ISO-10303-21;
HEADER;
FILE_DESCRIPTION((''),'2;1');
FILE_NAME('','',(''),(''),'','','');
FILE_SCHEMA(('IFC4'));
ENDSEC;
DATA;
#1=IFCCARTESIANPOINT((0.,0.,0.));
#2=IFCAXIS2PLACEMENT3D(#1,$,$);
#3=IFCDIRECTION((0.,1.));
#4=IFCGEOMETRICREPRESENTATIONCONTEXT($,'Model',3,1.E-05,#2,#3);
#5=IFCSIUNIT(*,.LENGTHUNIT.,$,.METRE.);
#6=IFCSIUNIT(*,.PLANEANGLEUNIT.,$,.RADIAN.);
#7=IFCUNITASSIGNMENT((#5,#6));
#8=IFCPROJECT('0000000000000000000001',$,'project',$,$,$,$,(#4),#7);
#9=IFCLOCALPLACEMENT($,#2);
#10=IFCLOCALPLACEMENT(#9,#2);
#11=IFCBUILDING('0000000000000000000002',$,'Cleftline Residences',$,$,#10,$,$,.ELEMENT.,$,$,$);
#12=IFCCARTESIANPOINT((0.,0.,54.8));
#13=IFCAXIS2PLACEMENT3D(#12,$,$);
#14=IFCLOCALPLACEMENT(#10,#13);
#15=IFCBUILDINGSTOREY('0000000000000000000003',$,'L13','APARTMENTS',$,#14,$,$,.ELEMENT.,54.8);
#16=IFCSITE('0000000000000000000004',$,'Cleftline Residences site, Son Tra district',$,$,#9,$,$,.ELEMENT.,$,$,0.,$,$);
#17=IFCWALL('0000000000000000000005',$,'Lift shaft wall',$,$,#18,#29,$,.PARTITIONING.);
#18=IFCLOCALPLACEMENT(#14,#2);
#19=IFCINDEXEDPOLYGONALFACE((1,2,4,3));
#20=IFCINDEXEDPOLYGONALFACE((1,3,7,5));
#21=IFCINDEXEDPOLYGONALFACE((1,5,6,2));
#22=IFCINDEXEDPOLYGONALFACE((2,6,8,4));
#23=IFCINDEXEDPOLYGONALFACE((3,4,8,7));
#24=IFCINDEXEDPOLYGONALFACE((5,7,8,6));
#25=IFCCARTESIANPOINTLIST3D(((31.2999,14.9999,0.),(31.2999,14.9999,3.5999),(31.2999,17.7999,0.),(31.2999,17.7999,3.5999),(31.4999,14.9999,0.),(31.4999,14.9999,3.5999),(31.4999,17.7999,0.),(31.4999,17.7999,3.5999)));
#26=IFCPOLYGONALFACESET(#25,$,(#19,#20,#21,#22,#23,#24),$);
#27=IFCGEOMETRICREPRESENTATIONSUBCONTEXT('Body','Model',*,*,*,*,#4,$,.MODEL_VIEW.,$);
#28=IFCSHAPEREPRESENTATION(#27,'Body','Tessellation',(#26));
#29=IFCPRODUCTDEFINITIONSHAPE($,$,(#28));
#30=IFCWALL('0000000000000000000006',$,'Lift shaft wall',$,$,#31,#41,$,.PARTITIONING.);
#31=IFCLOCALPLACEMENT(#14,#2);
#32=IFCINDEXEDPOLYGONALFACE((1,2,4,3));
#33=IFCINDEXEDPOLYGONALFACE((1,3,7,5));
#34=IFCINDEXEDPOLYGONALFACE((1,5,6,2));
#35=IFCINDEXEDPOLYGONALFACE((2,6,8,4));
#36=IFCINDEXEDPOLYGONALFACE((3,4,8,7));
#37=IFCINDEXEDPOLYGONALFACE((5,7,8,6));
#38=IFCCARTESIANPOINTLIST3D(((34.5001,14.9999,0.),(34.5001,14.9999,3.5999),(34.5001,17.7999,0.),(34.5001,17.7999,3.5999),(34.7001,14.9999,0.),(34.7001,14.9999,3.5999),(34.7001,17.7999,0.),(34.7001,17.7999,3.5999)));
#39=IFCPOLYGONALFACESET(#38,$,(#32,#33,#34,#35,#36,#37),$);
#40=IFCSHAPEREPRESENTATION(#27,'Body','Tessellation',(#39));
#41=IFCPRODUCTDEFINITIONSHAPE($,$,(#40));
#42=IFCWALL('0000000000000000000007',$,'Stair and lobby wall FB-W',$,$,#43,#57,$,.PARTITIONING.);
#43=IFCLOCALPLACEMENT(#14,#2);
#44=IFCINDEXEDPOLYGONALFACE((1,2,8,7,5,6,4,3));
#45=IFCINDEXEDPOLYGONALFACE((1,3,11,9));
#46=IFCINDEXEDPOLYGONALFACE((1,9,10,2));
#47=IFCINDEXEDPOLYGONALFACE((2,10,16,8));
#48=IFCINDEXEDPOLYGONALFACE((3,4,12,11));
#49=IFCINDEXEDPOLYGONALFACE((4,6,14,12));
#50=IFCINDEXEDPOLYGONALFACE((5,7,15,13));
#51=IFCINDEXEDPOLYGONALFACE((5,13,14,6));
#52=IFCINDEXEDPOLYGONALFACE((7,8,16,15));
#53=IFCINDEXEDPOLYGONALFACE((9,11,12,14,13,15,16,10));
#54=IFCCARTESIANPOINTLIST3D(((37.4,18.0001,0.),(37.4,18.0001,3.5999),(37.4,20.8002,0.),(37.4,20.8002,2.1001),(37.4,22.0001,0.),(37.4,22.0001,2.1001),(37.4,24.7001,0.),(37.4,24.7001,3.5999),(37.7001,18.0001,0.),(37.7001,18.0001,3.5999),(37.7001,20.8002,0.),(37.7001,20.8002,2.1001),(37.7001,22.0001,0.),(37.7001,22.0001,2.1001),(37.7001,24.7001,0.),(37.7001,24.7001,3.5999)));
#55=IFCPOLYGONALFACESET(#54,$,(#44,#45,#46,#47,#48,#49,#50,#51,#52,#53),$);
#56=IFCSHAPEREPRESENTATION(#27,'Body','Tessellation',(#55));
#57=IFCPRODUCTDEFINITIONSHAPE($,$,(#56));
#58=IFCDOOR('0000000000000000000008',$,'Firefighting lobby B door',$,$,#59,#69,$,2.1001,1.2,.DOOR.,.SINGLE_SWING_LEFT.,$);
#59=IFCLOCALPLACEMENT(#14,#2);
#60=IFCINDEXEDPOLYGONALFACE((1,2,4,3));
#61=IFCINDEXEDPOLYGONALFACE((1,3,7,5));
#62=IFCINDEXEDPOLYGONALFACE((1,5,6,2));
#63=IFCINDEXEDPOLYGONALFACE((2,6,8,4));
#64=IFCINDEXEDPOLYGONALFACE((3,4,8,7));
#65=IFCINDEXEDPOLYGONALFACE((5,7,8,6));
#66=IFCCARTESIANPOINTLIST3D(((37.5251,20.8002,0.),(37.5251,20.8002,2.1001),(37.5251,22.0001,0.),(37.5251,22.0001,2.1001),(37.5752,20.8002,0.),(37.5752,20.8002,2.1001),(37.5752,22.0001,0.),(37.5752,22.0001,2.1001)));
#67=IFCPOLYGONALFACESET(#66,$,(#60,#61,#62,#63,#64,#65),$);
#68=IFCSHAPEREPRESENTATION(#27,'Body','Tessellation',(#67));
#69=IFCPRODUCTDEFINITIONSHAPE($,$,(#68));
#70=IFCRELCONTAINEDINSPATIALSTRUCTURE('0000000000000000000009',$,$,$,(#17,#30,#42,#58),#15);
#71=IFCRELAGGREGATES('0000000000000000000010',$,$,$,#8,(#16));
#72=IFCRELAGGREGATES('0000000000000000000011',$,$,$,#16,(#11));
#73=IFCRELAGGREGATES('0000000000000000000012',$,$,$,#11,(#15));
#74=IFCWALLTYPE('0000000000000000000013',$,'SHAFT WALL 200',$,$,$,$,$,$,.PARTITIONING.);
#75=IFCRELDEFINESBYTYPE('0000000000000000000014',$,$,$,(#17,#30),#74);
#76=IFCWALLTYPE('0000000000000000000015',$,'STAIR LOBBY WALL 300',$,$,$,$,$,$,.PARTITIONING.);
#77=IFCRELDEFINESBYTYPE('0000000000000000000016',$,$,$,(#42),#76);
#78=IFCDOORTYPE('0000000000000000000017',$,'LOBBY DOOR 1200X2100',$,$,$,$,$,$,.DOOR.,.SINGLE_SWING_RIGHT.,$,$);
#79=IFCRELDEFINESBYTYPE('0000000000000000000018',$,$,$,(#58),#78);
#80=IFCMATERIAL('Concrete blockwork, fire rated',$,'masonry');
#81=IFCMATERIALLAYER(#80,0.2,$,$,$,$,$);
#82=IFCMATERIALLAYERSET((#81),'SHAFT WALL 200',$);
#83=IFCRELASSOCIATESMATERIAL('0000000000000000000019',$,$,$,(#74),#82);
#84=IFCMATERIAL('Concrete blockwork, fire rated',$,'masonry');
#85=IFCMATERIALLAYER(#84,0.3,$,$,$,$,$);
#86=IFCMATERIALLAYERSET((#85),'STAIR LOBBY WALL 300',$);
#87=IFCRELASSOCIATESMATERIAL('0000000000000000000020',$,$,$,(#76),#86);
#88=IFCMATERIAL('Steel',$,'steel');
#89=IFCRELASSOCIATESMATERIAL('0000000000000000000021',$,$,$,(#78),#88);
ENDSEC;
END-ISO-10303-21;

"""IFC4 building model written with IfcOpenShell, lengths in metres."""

from ifc_helpers import new_model, si_unit, direction, frame, frame_2d, origin, place, context, subcontext, project, spatial, rectangle, extrude, material, layer, layer_set, type_object, element, fill, save


model = new_model("IFC4")

# Units and contexts
model_context = context("Model", 3, precision=1e-05, world=origin(), true_north=direction((0.0, 1.0)))
body_context = subcontext(model_context, "Body", "Model", "MODEL_VIEW")
ifc_project = project(units=[si_unit("LENGTHUNIT", "METRE"), si_unit("PLANEANGLEUNIT", "RADIAN")], contexts=[model_context])

# Site, building, storey
site_placement = place(None, origin())
site = spatial("IfcSite", under=ifc_project, at=site_placement, Name="Cleftline Residences site, Son Tra district", CompositionType="ELEMENT", RefElevation=0.0)
building_placement = place(site_placement, origin())
building = spatial("IfcBuilding", under=site, at=building_placement, Name="Cleftline Residences", CompositionType="ELEMENT")
storey_placement = place(building_placement, frame((0.0, 0.0, 54.8)))
storey = spatial("IfcBuildingStorey", under=building, at=storey_placement, Name="L13", Description="APARTMENTS", CompositionType="ELEMENT", Elevation=54.8)

# Walls
ifc_material_1 = material(Name="Concrete blockwork, fire rated", Category="masonry")
ifc_layer_1 = layer(ifc_material_1, 0.2)
ifc_layer_set_1 = layer_set([ifc_layer_1], Name="SHAFT WALL 200")
wall_type_1 = type_object("IfcWallType", Name="SHAFT WALL 200", PredefinedType="PARTITIONING", material=ifc_layer_set_1)
for number, where, z_axis, x_axis, name in (
    (1, (31.3999, 15.0, 0.0), (0.0, 0.0, 1.0), (0.0, 1.0, 0.0), "Lift shaft wall"),
    (2, (34.6001, 15.0, 0.0), (0.0, 0.0, 1.0), (0.0, 1.0, 0.0), "Lift shaft wall"),
):
    element("IfcWall", number, at=place(storey_placement, frame(where, z_axis=z_axis, x_axis=x_axis)), inside=storey, type_object=wall_type_1, Name=name, PredefinedType="PARTITIONING", context=body_context, shape_type="SweptSolid", body=[
        extrude(rectangle(XDim=2.8, YDim=0.2, at=frame_2d((1.3999, 0.0))), origin(), (0.0, 0.0, 1.0), 3.5999),
    ])

# Wall, opening, door
ifc_material_2 = material(Name="Concrete blockwork, fire rated", Category="masonry")
ifc_layer_2 = layer(ifc_material_2, 0.3)
ifc_layer_set_2 = layer_set([ifc_layer_2], Name="STAIR LOBBY WALL 300")
wall_type_2 = type_object("IfcWallType", Name="STAIR LOBBY WALL 300", PredefinedType="PARTITIONING", material=ifc_layer_set_2)
wall_1_placement = place(storey_placement, frame((37.55, 18.0, 0.0), z_axis=(0.0, 0.0, 1.0), x_axis=(0.0, 1.0, 0.0)))
wall_1 = element("IfcWall", 3, at=wall_1_placement, inside=storey, type_object=wall_type_2, Name="Stair and lobby wall FB-W", PredefinedType="PARTITIONING", context=body_context, shape_type="SweptSolid", body=[
    extrude(rectangle(XDim=6.7, YDim=0.3, at=frame_2d((3.3501, 0.0))), origin(), (0.0, 0.0, 1.0), 3.5999),
])
opening_1_placement = place(wall_1_placement, frame((2.8, 0.0, 0.0)))
opening_1 = element("IfcOpeningElement", 4, at=opening_1_placement, cuts=wall_1, PredefinedType="OPENING", context=body_context, shape_type="SweptSolid", body=[
    extrude(rectangle(XDim=1.2, YDim=2.1001, at=frame_2d((0.6001, 1.05))), frame((0.0, 0.1599, 0.0), z_axis=(0.0, -1.0, 0.0), x_axis=(1.0, 0.0, 0.0)), (0.0, 0.0, 1.0), 0.3201),
])
ifc_material_3 = material(Name="Steel", Category="steel")
door_type_1 = type_object("IfcDoorType", Name="LOBBY DOOR 1200X2100", OperationType="SINGLE_SWING_RIGHT", PredefinedType="DOOR", material=ifc_material_3)
door_1_placement = place(opening_1_placement, origin())
door_1 = element("IfcDoor", 5, at=door_1_placement, inside=storey, type_object=door_type_1, Name="Firefighting lobby B door", OperationType="SINGLE_SWING_LEFT", OverallHeight=2.1001, OverallWidth=1.2, PredefinedType="DOOR", context=body_context, shape_type="SweptSolid", body=[
    extrude(rectangle(XDim=1.2, YDim=2.1001, at=frame_2d((0.6001, 1.05))), frame((0.0, 0.0249, 0.0), z_axis=(0.0, -1.0, 0.0), x_axis=(1.0, 0.0, 0.0)), (0.0, 0.0, 1.0), 0.05),
])
fill(opening_1, door_1)

save(model, "model.ifc")
